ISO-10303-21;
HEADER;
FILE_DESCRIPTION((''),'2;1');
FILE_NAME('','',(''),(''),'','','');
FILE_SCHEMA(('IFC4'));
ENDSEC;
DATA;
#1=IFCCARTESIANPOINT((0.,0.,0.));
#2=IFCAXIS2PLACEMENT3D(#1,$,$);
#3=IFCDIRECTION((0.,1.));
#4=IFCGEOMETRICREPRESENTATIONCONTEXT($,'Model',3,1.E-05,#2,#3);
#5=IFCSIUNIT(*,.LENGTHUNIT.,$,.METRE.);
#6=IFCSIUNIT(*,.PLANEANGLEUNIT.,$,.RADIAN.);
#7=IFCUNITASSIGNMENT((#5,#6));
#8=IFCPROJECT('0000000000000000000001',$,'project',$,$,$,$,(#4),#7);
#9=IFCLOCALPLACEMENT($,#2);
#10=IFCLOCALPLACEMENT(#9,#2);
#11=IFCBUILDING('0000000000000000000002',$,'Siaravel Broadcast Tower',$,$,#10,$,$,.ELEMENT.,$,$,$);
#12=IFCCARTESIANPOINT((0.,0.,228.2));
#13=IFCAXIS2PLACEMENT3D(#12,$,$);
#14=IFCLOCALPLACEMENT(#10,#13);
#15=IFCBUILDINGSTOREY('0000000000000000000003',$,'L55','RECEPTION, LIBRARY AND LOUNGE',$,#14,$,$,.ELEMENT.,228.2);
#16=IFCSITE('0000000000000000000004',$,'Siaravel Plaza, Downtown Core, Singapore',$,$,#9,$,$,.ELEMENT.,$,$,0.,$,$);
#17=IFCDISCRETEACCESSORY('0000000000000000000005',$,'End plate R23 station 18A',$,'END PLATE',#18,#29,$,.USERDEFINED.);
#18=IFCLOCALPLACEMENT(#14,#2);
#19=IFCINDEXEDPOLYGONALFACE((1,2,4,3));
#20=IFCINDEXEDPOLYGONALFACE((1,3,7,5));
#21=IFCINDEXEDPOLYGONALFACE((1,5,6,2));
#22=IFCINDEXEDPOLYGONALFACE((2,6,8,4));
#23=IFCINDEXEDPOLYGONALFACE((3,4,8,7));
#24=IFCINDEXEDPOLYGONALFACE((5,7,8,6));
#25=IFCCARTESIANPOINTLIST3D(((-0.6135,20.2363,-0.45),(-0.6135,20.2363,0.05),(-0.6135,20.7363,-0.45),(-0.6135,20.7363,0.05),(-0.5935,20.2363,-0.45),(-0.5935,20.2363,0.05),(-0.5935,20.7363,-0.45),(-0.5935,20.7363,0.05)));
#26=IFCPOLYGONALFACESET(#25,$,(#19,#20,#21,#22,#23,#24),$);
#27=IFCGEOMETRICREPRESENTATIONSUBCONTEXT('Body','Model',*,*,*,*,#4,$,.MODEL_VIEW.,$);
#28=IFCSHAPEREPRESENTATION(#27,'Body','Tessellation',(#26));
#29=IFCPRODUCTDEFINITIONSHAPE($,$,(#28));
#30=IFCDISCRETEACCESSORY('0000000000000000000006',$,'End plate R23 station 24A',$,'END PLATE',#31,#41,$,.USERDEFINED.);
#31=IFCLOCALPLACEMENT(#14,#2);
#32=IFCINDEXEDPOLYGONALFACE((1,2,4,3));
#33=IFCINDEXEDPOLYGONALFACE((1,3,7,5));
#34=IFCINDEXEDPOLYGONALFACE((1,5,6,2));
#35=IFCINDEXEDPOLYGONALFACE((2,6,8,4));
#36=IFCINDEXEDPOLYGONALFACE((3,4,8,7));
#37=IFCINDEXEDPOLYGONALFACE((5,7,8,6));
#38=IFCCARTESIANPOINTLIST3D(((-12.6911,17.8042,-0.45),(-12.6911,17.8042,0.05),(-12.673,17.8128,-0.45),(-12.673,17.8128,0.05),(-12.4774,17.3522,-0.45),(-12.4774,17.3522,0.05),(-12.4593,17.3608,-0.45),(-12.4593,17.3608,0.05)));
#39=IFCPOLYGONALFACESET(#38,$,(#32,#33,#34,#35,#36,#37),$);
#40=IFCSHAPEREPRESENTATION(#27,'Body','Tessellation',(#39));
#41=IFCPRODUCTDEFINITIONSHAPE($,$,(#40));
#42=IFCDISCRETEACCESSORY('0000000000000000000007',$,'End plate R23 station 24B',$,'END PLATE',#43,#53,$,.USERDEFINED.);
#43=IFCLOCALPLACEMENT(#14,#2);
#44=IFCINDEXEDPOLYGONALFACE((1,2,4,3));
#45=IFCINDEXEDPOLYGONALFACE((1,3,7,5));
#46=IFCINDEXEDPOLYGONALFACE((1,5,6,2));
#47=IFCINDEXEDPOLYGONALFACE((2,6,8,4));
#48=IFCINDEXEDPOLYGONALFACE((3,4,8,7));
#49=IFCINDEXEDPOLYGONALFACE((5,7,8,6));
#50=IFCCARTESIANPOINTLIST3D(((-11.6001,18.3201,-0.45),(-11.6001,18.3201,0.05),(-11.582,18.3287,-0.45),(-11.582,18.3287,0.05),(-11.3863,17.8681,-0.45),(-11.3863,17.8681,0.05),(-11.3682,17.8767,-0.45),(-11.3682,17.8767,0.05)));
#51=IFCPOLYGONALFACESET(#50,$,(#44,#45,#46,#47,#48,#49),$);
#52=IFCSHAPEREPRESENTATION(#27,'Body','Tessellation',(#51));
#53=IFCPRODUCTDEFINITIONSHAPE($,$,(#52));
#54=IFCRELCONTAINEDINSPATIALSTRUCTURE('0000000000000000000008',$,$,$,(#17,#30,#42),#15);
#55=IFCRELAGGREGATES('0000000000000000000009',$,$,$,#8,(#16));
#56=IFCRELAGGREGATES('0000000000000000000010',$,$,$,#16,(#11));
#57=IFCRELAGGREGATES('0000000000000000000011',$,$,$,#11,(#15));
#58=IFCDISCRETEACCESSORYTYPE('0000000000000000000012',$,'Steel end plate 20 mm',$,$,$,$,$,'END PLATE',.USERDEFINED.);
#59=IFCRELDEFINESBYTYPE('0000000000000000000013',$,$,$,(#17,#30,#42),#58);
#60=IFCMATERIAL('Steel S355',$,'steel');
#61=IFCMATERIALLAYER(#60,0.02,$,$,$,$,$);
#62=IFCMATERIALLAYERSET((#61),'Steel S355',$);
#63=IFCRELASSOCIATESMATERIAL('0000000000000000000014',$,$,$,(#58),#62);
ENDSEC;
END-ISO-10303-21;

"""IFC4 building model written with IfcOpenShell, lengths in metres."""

from ifc_helpers import new_model, si_unit, direction, frame, origin, origin_2d, place, context, subcontext, project, spatial, rectangle, extrude, material, layer, layer_set, type_object, element, save


model = new_model("IFC4")

# Units and contexts
model_context = context("Model", 3, precision=1e-05, world=origin(), true_north=direction((0.0, 1.0)))
body_context = subcontext(model_context, "Body", "Model", "MODEL_VIEW")
ifc_project = project(units=[si_unit("LENGTHUNIT", "METRE"), si_unit("PLANEANGLEUNIT", "RADIAN")], contexts=[model_context])

# Site, building, storey
site_placement = place(None, origin())
site = spatial("IfcSite", under=ifc_project, at=site_placement, Name="Siaravel Plaza, Downtown Core, Singapore", CompositionType="ELEMENT", RefElevation=0.0)
building_placement = place(site_placement, origin())
building = spatial("IfcBuilding", under=site, at=building_placement, Name="Siaravel Broadcast Tower", CompositionType="ELEMENT")
storey_placement = place(building_placement, frame((0.0, 0.0, 228.2)))
storey = spatial("IfcBuildingStorey", under=building, at=storey_placement, Name="L55", Description="RECEPTION, LIBRARY AND LOUNGE", CompositionType="ELEMENT", Elevation=228.2)

# Shared definitions
ifc_material_1 = material(Name="Steel S355", Category="steel")

# Discrete accessories
ifc_layer_1 = layer(ifc_material_1, 0.02)
ifc_layer_set_1 = layer_set([ifc_layer_1], Name="Steel S355")
discrete_accessory_type_1 = type_object("IfcDiscreteAccessoryType", Name="Steel end plate 20 mm", ElementType="END PLATE", PredefinedType="USERDEFINED", material=ifc_layer_set_1)
for number, where, z_axis, x_axis, name in (
    (1, (-0.6035, 20.4863, -0.45), (0.0, 0.0, 1.0), (-1.0, 0.0, 0.0), "End plate R23 station 18A"),
    (2, (-12.5752, 17.5825, -0.45), (0.0, 0.0, 1.0), (-0.904006, -0.427519, 0.0), "End plate R23 station 24A"),
    (3, (-11.4841, 18.0984, -0.45), (0.0, 0.0, 1.0), (-0.904006, -0.427519, 0.0), "End plate R23 station 24B"),
):
    element("IfcDiscreteAccessory", number, at=place(storey_placement, frame(where, z_axis=z_axis, x_axis=x_axis)), inside=storey, type_object=discrete_accessory_type_1, Name=name, ObjectType="END PLATE", PredefinedType="USERDEFINED", context=body_context, shape_type="SweptSolid", body=[
        extrude(rectangle(XDim=0.02, YDim=0.5, at=origin_2d()), origin(), (0.0, 0.0, 1.0), 0.5),
    ])

save(model, "model.ifc")
